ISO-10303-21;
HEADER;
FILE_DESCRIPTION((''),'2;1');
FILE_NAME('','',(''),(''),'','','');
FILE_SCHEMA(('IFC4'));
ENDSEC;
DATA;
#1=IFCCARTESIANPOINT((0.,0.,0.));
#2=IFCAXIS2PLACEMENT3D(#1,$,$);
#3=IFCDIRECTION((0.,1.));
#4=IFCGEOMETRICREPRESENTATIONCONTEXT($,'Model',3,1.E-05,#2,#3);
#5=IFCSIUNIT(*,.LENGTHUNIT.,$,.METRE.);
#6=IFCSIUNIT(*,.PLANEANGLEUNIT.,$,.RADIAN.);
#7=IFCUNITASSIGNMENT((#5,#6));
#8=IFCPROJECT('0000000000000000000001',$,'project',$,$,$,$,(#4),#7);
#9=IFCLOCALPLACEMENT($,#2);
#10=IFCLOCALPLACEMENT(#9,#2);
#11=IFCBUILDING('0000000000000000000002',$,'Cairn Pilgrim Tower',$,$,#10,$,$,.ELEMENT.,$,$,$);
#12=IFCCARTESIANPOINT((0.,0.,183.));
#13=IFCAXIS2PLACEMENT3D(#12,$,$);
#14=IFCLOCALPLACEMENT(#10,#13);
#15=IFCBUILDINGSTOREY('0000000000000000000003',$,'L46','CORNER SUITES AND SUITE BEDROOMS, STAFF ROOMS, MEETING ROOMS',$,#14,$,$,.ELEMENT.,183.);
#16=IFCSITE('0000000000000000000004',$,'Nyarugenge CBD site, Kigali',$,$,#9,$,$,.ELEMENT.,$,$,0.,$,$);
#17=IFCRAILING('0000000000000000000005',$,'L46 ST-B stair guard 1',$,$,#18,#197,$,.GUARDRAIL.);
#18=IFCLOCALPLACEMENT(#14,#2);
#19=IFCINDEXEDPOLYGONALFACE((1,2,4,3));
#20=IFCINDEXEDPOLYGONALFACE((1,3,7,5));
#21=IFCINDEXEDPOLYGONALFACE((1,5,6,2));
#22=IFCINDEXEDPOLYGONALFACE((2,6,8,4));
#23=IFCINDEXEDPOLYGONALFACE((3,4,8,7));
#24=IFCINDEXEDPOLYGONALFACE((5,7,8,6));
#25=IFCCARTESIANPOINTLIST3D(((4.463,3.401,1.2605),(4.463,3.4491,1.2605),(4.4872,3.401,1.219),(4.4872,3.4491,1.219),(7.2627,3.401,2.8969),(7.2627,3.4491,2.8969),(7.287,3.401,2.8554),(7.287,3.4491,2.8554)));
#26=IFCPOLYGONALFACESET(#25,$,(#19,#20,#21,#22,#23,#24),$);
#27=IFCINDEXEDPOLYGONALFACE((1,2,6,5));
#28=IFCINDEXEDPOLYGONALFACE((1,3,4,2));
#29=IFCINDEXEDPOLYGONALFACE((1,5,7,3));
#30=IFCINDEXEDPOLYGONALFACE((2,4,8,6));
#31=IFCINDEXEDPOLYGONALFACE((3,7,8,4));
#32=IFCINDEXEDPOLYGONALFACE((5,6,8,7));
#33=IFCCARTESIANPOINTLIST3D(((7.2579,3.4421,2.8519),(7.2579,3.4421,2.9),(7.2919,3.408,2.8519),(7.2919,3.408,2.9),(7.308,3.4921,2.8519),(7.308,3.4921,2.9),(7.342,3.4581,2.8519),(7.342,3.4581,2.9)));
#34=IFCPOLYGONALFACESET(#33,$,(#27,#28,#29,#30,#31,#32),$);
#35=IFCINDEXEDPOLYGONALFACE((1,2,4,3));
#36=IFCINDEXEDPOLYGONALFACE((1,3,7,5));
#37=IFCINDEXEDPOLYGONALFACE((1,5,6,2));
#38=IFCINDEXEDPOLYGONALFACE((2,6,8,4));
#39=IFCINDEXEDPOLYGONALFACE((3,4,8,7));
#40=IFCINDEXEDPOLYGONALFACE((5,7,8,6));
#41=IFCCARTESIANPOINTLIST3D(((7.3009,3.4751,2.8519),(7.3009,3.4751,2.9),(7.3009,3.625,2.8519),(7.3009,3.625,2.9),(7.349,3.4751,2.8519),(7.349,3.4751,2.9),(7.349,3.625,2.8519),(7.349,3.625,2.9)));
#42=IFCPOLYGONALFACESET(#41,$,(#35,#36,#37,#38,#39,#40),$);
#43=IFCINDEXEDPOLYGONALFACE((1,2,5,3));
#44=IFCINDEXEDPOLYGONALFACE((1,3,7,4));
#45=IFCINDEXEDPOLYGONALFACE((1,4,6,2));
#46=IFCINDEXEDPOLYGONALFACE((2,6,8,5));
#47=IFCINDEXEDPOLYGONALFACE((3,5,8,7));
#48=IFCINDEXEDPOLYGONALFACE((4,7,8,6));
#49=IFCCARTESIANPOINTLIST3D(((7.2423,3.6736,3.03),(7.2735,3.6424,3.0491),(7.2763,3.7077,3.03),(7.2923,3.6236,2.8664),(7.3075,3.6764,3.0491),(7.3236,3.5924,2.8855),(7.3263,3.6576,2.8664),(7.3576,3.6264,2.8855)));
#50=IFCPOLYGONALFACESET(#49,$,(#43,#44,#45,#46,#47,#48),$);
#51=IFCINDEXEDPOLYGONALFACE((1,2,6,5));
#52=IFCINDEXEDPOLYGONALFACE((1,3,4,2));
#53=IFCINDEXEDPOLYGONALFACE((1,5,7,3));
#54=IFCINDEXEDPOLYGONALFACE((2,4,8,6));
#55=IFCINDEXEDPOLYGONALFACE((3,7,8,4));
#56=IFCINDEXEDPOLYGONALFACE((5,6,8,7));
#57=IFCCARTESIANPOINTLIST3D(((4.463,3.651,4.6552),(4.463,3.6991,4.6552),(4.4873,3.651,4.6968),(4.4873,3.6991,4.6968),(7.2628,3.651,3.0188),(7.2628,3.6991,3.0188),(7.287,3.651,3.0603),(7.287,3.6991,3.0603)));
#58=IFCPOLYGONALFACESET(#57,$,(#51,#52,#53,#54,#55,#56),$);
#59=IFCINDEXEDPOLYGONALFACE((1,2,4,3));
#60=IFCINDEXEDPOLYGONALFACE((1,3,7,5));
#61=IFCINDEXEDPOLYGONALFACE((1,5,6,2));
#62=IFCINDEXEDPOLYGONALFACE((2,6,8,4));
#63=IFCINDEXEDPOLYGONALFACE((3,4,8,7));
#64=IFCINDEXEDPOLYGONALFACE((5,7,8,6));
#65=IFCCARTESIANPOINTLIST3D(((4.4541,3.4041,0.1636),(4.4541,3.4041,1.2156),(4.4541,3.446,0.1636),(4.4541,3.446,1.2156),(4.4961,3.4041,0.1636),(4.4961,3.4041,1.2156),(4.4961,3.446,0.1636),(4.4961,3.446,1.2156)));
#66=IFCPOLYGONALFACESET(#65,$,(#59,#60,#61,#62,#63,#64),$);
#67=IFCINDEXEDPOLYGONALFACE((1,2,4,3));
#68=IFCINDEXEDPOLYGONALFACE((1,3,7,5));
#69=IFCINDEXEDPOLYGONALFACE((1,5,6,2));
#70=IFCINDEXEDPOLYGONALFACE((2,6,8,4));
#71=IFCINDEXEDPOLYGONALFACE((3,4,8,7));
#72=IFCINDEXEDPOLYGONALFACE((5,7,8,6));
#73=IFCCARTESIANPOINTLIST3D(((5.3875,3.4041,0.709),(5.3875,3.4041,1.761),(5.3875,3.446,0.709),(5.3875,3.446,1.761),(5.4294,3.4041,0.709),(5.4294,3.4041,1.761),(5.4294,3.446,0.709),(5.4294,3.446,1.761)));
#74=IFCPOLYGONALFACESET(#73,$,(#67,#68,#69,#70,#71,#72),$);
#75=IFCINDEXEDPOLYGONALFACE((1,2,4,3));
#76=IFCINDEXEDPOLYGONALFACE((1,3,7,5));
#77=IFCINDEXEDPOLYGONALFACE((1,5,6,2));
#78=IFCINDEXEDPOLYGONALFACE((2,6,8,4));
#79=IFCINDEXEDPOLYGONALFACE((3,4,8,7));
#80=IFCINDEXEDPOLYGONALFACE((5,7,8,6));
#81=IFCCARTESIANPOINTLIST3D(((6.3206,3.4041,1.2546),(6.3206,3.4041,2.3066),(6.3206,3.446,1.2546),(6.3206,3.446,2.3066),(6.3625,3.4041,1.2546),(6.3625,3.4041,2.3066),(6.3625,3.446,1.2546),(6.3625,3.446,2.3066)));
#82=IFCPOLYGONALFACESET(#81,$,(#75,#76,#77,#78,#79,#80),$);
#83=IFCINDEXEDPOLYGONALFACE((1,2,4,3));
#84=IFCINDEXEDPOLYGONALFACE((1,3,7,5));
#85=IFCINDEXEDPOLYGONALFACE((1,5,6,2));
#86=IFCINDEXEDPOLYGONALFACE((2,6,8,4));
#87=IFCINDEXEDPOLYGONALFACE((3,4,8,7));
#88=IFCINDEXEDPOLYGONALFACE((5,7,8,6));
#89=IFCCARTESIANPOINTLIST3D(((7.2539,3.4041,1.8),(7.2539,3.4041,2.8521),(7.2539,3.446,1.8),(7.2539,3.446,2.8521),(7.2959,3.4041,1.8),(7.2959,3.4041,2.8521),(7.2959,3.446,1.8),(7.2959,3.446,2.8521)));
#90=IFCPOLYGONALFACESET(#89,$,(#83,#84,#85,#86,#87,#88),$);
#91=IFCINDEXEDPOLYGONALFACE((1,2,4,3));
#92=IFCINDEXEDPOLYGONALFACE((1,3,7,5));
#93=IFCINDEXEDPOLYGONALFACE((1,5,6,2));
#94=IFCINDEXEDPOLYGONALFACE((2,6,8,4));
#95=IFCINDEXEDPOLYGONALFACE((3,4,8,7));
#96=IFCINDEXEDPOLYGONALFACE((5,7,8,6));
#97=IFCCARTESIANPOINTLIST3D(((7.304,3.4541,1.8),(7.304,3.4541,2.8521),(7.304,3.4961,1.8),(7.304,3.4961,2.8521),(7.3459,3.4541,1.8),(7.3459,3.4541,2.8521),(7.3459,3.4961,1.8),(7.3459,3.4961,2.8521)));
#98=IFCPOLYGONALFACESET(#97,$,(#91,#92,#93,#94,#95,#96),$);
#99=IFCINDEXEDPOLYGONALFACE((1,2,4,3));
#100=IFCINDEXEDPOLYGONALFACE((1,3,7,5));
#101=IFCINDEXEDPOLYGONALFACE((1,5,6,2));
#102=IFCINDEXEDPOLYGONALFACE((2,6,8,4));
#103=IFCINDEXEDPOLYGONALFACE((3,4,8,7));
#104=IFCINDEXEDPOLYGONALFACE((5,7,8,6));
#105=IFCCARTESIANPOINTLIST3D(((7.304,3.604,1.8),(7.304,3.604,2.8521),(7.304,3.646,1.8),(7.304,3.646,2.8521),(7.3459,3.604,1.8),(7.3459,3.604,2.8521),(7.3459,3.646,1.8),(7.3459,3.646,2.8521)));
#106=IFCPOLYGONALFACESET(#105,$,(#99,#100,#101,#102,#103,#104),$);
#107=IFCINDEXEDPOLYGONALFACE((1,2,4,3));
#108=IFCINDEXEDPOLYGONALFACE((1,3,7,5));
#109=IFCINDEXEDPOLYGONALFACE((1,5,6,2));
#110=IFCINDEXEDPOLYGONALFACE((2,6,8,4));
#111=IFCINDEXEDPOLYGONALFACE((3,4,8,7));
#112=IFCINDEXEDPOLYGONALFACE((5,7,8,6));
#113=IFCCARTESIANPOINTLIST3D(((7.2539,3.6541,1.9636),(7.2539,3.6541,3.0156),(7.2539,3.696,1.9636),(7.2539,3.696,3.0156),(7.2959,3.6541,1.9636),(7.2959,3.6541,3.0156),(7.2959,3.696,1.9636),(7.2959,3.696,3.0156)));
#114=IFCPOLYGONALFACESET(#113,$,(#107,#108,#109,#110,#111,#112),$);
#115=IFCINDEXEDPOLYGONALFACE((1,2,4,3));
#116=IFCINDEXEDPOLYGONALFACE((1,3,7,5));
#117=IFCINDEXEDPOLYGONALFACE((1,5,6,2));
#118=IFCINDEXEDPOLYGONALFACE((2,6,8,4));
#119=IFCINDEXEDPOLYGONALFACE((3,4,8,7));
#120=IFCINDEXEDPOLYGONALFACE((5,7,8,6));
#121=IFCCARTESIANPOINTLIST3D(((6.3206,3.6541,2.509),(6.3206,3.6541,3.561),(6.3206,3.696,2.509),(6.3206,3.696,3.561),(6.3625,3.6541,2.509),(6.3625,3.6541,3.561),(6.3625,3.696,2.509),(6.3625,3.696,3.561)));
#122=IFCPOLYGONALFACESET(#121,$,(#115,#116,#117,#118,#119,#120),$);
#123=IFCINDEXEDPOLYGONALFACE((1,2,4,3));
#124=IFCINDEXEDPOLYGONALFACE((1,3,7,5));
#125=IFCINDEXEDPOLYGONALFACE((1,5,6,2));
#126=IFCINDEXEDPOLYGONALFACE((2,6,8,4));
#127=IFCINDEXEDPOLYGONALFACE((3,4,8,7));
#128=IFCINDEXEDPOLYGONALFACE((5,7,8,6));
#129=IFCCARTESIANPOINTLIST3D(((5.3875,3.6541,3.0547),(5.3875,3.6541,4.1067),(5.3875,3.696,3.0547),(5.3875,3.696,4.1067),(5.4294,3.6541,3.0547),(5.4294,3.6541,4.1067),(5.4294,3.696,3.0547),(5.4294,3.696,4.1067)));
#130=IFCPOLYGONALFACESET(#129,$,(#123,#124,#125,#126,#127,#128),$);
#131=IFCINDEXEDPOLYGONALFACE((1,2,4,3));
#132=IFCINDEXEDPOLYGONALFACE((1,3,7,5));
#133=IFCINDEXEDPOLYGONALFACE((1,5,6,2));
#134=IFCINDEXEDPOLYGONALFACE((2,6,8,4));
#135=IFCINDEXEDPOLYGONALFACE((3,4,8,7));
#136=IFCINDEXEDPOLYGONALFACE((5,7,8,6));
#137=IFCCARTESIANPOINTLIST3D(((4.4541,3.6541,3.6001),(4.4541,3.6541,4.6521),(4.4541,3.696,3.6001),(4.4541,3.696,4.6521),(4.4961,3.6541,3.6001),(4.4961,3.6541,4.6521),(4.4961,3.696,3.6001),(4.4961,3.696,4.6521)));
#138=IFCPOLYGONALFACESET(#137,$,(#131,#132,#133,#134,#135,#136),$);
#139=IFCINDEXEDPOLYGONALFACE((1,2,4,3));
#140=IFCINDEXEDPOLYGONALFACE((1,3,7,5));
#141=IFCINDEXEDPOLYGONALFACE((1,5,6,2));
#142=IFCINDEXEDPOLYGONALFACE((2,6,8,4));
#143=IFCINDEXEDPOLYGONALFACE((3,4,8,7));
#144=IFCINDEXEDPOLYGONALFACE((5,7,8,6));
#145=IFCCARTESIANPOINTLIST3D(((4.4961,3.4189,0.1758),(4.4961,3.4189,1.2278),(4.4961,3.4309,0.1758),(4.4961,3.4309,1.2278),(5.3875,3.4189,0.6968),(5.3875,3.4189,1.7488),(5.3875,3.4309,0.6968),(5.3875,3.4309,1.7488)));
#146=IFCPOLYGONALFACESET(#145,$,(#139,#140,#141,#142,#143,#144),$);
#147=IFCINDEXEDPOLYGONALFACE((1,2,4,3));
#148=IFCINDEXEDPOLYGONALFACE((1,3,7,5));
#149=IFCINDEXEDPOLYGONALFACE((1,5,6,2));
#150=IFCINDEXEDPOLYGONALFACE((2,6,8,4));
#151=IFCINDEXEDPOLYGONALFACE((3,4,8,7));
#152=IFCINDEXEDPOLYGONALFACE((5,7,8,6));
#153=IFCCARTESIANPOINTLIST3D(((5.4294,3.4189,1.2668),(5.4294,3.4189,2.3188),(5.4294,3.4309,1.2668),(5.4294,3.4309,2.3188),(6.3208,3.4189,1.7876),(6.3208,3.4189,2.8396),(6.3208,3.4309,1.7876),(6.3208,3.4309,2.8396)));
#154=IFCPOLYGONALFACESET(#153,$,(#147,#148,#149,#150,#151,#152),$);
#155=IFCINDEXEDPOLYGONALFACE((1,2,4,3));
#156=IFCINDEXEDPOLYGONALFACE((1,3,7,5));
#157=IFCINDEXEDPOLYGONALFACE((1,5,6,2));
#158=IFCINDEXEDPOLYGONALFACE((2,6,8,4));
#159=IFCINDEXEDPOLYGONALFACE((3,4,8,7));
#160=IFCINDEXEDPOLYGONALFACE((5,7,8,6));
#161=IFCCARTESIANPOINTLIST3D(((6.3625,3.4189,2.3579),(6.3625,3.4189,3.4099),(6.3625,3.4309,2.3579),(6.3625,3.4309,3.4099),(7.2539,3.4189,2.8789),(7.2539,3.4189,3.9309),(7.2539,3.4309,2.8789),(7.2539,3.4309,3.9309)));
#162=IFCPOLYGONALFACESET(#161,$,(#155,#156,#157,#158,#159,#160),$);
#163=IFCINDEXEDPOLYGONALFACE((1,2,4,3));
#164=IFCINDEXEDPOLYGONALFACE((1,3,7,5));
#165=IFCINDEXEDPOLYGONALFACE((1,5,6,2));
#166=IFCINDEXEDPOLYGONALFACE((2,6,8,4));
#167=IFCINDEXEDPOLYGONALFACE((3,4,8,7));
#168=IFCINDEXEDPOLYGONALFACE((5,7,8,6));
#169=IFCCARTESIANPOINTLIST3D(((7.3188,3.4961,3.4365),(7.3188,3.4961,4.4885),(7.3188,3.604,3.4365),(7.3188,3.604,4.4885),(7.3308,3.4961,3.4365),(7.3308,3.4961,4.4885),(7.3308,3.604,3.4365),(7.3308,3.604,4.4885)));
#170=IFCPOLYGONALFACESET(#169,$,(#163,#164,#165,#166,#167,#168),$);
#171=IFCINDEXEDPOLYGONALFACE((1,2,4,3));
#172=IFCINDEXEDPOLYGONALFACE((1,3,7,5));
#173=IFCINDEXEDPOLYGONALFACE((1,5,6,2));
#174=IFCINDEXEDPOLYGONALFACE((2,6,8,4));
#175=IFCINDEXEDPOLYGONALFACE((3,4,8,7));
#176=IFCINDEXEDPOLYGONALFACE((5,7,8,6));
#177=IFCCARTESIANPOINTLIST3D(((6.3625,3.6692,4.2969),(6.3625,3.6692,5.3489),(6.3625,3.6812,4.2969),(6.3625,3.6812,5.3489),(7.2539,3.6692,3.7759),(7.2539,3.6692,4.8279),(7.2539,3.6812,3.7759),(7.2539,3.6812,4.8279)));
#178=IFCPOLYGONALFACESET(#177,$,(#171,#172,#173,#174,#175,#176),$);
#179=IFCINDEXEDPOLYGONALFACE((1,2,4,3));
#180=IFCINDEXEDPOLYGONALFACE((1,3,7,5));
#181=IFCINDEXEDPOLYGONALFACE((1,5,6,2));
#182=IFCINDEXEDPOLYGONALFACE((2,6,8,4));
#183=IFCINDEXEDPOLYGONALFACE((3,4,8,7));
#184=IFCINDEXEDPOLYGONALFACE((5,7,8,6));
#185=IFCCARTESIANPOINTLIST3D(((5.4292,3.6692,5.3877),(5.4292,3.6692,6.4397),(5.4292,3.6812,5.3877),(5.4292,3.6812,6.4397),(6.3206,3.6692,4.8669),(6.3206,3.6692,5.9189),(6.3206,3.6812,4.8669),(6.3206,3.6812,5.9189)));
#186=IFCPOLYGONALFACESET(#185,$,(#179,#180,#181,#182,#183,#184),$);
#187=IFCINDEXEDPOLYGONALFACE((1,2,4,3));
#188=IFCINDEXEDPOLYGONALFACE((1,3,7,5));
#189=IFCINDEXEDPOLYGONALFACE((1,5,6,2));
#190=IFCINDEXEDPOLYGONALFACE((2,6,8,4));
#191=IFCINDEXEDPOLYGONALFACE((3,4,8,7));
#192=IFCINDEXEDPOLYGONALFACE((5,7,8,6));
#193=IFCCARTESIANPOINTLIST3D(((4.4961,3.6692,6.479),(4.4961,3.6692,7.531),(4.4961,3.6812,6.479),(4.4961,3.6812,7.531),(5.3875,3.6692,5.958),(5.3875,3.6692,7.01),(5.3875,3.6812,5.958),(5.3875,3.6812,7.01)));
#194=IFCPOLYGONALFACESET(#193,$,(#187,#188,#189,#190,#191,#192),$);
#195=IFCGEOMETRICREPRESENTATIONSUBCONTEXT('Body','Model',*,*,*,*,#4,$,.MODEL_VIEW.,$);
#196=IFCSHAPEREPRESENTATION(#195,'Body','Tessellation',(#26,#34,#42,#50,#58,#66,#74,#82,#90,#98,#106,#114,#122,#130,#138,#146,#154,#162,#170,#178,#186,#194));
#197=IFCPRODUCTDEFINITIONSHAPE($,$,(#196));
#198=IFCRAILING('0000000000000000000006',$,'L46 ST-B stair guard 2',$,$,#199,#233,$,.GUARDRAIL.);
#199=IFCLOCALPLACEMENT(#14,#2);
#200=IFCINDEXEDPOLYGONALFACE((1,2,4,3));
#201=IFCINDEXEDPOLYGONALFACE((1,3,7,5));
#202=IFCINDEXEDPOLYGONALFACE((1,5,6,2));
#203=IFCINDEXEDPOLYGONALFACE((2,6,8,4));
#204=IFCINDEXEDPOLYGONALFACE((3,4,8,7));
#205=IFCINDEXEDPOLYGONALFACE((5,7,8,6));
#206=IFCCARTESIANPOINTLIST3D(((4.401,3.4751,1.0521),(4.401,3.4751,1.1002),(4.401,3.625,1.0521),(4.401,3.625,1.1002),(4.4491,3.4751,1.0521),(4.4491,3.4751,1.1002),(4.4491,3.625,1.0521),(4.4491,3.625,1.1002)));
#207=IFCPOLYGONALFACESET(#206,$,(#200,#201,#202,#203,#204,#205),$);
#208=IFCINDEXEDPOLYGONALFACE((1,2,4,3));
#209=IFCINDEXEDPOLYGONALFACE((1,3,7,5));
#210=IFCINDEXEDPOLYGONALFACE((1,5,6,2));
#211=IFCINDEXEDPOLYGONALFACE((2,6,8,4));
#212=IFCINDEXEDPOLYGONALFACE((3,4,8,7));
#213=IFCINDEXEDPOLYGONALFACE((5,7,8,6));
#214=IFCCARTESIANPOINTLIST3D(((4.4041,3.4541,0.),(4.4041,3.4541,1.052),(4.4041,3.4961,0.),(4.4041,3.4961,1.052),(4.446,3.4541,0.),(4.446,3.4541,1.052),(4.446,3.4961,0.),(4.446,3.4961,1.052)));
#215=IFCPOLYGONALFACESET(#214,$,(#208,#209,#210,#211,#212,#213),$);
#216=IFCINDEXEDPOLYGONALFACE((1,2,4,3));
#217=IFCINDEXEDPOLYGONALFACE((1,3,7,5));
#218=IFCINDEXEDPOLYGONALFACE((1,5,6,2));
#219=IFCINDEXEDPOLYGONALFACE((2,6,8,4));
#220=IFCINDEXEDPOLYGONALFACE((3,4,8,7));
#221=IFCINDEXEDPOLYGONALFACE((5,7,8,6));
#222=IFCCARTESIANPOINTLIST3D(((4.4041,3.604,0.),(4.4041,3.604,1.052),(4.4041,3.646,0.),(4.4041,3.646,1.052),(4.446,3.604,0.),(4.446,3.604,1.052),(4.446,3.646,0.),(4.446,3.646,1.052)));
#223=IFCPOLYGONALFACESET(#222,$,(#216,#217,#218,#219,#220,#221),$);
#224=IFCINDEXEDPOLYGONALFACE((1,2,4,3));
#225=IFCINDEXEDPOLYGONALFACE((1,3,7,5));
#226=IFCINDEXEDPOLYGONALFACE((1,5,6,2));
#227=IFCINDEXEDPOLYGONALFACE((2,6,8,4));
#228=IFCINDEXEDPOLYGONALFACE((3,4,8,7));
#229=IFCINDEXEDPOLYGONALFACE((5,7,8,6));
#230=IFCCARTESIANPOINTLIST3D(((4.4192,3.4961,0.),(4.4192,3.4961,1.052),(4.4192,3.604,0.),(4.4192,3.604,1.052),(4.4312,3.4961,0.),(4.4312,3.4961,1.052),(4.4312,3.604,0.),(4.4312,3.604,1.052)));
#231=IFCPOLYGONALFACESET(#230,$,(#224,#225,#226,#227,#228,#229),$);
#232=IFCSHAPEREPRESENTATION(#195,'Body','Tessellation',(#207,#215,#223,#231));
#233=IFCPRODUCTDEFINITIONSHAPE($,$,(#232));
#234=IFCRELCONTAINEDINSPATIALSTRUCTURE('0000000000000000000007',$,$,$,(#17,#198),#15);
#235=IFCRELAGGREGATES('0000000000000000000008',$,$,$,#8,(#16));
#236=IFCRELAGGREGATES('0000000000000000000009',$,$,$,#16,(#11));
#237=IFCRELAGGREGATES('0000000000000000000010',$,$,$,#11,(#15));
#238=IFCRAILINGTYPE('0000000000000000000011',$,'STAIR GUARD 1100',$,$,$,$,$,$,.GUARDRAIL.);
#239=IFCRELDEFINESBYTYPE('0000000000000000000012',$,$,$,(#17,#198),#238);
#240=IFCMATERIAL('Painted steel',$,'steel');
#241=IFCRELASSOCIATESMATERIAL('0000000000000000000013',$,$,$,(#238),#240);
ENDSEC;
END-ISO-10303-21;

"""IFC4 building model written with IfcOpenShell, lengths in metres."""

from ifc_helpers import new_model, si_unit, direction, frame, origin, origin_2d, place, context, subcontext, project, spatial, polyline, rectangle, outline, extrude, material, type_object, element, save


model = new_model("IFC4")

# Units and contexts
model_context = context("Model", 3, precision=1e-05, world=origin(), true_north=direction((0.0, 1.0)))
body_context = subcontext(model_context, "Body", "Model", "MODEL_VIEW")
ifc_project = project(units=[si_unit("LENGTHUNIT", "METRE"), si_unit("PLANEANGLEUNIT", "RADIAN")], contexts=[model_context])

# Site, building, storey
site_placement = place(None, origin())
site = spatial("IfcSite", under=ifc_project, at=site_placement, Name="Nyarugenge CBD site, Kigali", CompositionType="ELEMENT", RefElevation=0.0)
building_placement = place(site_placement, origin())
building = spatial("IfcBuilding", under=site, at=building_placement, Name="Cairn Pilgrim Tower", CompositionType="ELEMENT")
storey_placement = place(building_placement, frame((0.0, 0.0, 183.0)))
storey = spatial("IfcBuildingStorey", under=building, at=storey_placement, Name="L46", Description="CORNER SUITES AND SUITE BEDROOMS, STAFF ROOMS, MEETING ROOMS", CompositionType="ELEMENT", Elevation=183.0)

# Shared definitions
ifc_material_1 = material(Name="Painted steel", Category="steel")

# Railings
railing_type = type_object("IfcRailingType", Name="STAIR GUARD 1100", PredefinedType="GUARDRAIL", material=ifc_material_1)
railing_1_placement = place(storey_placement, frame((4.4751, 3.425, 0.1636)))
element("IfcRailing", 1, at=railing_1_placement, inside=storey, type_object=railing_type, Name="L46 ST-B stair guard 1", PredefinedType="GUARDRAIL", context=body_context, shape_type="SweptSolid", body=[
    extrude(rectangle(XDim=0.0481, YDim=0.0481, at=origin_2d()), frame((0.0, 0.0, 1.0762), z_axis=(0.863342, 0.0, 0.50462), x_axis=(0.0, 1.0, 0.0)), (0.0, 0.0, 1.0), 3.2429),
    extrude(rectangle(XDim=0.0481, YDim=0.0481, at=origin_2d()), frame((2.7998, 0.0, 2.7124), z_axis=(0.707107, 0.707107, 0.0), x_axis=(-0.707107, 0.707107, 0.0)), (0.0, 0.0, 1.0), 0.0708),
    extrude(rectangle(XDim=0.0481, YDim=0.0481, at=origin_2d()), frame((2.8499, 0.05, 2.7124), z_axis=(0.0, 1.0, 0.0), x_axis=(-1.0, 0.0, 0.0)), (0.0, 0.0, 1.0), 0.1499),
    extrude(rectangle(XDim=0.0481, YDim=0.0481, at=origin_2d()), frame((2.8499, 0.2, 2.7124), z_axis=(-0.280809, 0.280809, 0.917765), x_axis=(-0.707107, -0.707107, 0.0)), (0.0, 0.0, 1.0), 0.1782),
    extrude(rectangle(XDim=0.0481, YDim=0.0481, at=origin_2d()), frame((2.7998, 0.25, 2.876), z_axis=(-0.863342, 0.0, 0.50462), x_axis=(0.0, -1.0, 0.0)), (0.0, 0.0, 1.0), 3.2429),
    extrude(rectangle(XDim=0.042, YDim=0.042, at=origin_2d()), origin(), (0.0, 0.0, 1.0), 1.052),
    extrude(rectangle(XDim=0.042, YDim=0.042, at=origin_2d()), frame((0.9333, 0.0, 0.5454)), (0.0, 0.0, 1.0), 1.052),
    extrude(rectangle(XDim=0.042, YDim=0.042, at=origin_2d()), frame((1.8665, 0.0, 1.0911)), (0.0, 0.0, 1.0), 1.052),
    extrude(rectangle(XDim=0.042, YDim=0.042, at=origin_2d()), frame((2.7998, 0.0, 1.6365)), (0.0, 0.0, 1.0), 1.052),
    extrude(rectangle(XDim=0.042, YDim=0.042, at=origin_2d()), frame((2.8499, 0.05, 1.6365)), (0.0, 0.0, 1.0), 1.052),
    extrude(rectangle(XDim=0.042, YDim=0.042, at=origin_2d()), frame((2.8499, 0.2, 1.6365)), (0.0, 0.0, 1.0), 1.052),
    extrude(rectangle(XDim=0.042, YDim=0.042, at=origin_2d()), frame((2.7998, 0.25, 1.8)), (0.0, 0.0, 1.0), 1.052),
    extrude(rectangle(XDim=0.042, YDim=0.042, at=origin_2d()), frame((1.8665, 0.25, 2.3455)), (0.0, 0.0, 1.0), 1.052),
    extrude(rectangle(XDim=0.042, YDim=0.042, at=origin_2d()), frame((0.9333, 0.25, 2.8911)), (0.0, 0.0, 1.0), 1.052),
    extrude(rectangle(XDim=0.042, YDim=0.042, at=origin_2d()), frame((0.0, 0.25, 3.4365)), (0.0, 0.0, 1.0), 1.052),
    extrude(outline(polyline([(0.021, 0.0122), (0.9124, 0.5332), (0.9124, 1.5852), (0.021, 1.0642), (0.021, 0.0122)])), frame((0.0, 0.0059, 0.0), z_axis=(0.0, -1.0, 0.0), x_axis=(1.0, 0.0, 0.0)), (0.0, 0.0, 1.0), 0.012),
    extrude(outline(polyline([(0.021, 0.5579), (0.9124, 1.0786), (0.9124, 2.1306), (0.021, 1.6099), (0.021, 0.5579)])), frame((0.9333, 0.0059, 0.5454), z_axis=(0.0, -1.0, 0.0), x_axis=(1.0, 0.0, 0.0)), (0.0, 0.0, 1.0), 0.012),
    extrude(outline(polyline([(0.021, 1.1033), (0.9124, 1.6243), (0.9124, 2.6763), (0.021, 2.1553), (0.021, 1.1033)])), frame((1.8665, 0.0059, 1.0911), z_axis=(0.0, -1.0, 0.0), x_axis=(1.0, 0.0, 0.0)), (0.0, 0.0, 1.0), 0.012),
    extrude(outline(polyline([(0.021, 1.6365), (0.1289, 1.6365), (0.1289, 2.6885), (0.021, 2.6885), (0.021, 1.6365)])), frame((2.8438, 0.05, 1.6365), z_axis=(1.0, 0.0, 0.0), x_axis=(0.0, 1.0, 0.0)), (0.0, 0.0, 1.0), 0.012),
    extrude(outline(polyline([(0.021, 1.8123), (0.9124, 2.3333), (0.9124, 3.3853), (0.021, 2.8643), (0.021, 1.8123)])), frame((2.7998, 0.2441, 1.8), z_axis=(0.0, 1.0, 0.0), x_axis=(-1.0, 0.0, 0.0)), (0.0, 0.0, 1.0), 0.012),
    extrude(outline(polyline([(0.021, 2.3579), (0.9124, 2.8787), (0.9124, 3.9307), (0.021, 3.4099), (0.021, 2.3579)])), frame((1.8665, 0.2441, 2.3455), z_axis=(0.0, 1.0, 0.0), x_axis=(-1.0, 0.0, 0.0)), (0.0, 0.0, 1.0), 0.012),
    extrude(outline(polyline([(0.021, 2.9033), (0.9124, 3.4243), (0.9124, 4.4763), (0.021, 3.9553), (0.021, 2.9033)])), frame((0.9333, 0.2441, 2.8911), z_axis=(0.0, 1.0, 0.0), x_axis=(-1.0, 0.0, 0.0)), (0.0, 0.0, 1.0), 0.012),
])
railing_2_placement = place(storey_placement, frame((4.425, 3.4751, 0.0)))
element("IfcRailing", 2, at=railing_2_placement, inside=storey, type_object=railing_type, Name="L46 ST-B stair guard 2", PredefinedType="GUARDRAIL", context=body_context, shape_type="SweptSolid", body=[
    extrude(rectangle(XDim=0.0481, YDim=0.0481, at=origin_2d()), frame((0.0, 0.0, 1.0762), z_axis=(0.0, 1.0, 0.0), x_axis=(-1.0, 0.0, 0.0)), (0.0, 0.0, 1.0), 0.1499),
    extrude(rectangle(XDim=0.042, YDim=0.042, at=origin_2d()), origin(), (0.0, 0.0, 1.0), 1.052),
    extrude(rectangle(XDim=0.042, YDim=0.042, at=origin_2d()), frame((0.0, 0.1499, 0.0)), (0.0, 0.0, 1.0), 1.052),
    extrude(outline(polyline([(0.021, 0.0), (0.1289, 0.0), (0.1289, 1.052), (0.021, 1.052), (0.021, 0.0)])), frame((-0.0059, 0.0, 0.0), z_axis=(1.0, 0.0, 0.0), x_axis=(0.0, 1.0, 0.0)), (0.0, 0.0, 1.0), 0.012),
])

save(model, "model.ifc")
